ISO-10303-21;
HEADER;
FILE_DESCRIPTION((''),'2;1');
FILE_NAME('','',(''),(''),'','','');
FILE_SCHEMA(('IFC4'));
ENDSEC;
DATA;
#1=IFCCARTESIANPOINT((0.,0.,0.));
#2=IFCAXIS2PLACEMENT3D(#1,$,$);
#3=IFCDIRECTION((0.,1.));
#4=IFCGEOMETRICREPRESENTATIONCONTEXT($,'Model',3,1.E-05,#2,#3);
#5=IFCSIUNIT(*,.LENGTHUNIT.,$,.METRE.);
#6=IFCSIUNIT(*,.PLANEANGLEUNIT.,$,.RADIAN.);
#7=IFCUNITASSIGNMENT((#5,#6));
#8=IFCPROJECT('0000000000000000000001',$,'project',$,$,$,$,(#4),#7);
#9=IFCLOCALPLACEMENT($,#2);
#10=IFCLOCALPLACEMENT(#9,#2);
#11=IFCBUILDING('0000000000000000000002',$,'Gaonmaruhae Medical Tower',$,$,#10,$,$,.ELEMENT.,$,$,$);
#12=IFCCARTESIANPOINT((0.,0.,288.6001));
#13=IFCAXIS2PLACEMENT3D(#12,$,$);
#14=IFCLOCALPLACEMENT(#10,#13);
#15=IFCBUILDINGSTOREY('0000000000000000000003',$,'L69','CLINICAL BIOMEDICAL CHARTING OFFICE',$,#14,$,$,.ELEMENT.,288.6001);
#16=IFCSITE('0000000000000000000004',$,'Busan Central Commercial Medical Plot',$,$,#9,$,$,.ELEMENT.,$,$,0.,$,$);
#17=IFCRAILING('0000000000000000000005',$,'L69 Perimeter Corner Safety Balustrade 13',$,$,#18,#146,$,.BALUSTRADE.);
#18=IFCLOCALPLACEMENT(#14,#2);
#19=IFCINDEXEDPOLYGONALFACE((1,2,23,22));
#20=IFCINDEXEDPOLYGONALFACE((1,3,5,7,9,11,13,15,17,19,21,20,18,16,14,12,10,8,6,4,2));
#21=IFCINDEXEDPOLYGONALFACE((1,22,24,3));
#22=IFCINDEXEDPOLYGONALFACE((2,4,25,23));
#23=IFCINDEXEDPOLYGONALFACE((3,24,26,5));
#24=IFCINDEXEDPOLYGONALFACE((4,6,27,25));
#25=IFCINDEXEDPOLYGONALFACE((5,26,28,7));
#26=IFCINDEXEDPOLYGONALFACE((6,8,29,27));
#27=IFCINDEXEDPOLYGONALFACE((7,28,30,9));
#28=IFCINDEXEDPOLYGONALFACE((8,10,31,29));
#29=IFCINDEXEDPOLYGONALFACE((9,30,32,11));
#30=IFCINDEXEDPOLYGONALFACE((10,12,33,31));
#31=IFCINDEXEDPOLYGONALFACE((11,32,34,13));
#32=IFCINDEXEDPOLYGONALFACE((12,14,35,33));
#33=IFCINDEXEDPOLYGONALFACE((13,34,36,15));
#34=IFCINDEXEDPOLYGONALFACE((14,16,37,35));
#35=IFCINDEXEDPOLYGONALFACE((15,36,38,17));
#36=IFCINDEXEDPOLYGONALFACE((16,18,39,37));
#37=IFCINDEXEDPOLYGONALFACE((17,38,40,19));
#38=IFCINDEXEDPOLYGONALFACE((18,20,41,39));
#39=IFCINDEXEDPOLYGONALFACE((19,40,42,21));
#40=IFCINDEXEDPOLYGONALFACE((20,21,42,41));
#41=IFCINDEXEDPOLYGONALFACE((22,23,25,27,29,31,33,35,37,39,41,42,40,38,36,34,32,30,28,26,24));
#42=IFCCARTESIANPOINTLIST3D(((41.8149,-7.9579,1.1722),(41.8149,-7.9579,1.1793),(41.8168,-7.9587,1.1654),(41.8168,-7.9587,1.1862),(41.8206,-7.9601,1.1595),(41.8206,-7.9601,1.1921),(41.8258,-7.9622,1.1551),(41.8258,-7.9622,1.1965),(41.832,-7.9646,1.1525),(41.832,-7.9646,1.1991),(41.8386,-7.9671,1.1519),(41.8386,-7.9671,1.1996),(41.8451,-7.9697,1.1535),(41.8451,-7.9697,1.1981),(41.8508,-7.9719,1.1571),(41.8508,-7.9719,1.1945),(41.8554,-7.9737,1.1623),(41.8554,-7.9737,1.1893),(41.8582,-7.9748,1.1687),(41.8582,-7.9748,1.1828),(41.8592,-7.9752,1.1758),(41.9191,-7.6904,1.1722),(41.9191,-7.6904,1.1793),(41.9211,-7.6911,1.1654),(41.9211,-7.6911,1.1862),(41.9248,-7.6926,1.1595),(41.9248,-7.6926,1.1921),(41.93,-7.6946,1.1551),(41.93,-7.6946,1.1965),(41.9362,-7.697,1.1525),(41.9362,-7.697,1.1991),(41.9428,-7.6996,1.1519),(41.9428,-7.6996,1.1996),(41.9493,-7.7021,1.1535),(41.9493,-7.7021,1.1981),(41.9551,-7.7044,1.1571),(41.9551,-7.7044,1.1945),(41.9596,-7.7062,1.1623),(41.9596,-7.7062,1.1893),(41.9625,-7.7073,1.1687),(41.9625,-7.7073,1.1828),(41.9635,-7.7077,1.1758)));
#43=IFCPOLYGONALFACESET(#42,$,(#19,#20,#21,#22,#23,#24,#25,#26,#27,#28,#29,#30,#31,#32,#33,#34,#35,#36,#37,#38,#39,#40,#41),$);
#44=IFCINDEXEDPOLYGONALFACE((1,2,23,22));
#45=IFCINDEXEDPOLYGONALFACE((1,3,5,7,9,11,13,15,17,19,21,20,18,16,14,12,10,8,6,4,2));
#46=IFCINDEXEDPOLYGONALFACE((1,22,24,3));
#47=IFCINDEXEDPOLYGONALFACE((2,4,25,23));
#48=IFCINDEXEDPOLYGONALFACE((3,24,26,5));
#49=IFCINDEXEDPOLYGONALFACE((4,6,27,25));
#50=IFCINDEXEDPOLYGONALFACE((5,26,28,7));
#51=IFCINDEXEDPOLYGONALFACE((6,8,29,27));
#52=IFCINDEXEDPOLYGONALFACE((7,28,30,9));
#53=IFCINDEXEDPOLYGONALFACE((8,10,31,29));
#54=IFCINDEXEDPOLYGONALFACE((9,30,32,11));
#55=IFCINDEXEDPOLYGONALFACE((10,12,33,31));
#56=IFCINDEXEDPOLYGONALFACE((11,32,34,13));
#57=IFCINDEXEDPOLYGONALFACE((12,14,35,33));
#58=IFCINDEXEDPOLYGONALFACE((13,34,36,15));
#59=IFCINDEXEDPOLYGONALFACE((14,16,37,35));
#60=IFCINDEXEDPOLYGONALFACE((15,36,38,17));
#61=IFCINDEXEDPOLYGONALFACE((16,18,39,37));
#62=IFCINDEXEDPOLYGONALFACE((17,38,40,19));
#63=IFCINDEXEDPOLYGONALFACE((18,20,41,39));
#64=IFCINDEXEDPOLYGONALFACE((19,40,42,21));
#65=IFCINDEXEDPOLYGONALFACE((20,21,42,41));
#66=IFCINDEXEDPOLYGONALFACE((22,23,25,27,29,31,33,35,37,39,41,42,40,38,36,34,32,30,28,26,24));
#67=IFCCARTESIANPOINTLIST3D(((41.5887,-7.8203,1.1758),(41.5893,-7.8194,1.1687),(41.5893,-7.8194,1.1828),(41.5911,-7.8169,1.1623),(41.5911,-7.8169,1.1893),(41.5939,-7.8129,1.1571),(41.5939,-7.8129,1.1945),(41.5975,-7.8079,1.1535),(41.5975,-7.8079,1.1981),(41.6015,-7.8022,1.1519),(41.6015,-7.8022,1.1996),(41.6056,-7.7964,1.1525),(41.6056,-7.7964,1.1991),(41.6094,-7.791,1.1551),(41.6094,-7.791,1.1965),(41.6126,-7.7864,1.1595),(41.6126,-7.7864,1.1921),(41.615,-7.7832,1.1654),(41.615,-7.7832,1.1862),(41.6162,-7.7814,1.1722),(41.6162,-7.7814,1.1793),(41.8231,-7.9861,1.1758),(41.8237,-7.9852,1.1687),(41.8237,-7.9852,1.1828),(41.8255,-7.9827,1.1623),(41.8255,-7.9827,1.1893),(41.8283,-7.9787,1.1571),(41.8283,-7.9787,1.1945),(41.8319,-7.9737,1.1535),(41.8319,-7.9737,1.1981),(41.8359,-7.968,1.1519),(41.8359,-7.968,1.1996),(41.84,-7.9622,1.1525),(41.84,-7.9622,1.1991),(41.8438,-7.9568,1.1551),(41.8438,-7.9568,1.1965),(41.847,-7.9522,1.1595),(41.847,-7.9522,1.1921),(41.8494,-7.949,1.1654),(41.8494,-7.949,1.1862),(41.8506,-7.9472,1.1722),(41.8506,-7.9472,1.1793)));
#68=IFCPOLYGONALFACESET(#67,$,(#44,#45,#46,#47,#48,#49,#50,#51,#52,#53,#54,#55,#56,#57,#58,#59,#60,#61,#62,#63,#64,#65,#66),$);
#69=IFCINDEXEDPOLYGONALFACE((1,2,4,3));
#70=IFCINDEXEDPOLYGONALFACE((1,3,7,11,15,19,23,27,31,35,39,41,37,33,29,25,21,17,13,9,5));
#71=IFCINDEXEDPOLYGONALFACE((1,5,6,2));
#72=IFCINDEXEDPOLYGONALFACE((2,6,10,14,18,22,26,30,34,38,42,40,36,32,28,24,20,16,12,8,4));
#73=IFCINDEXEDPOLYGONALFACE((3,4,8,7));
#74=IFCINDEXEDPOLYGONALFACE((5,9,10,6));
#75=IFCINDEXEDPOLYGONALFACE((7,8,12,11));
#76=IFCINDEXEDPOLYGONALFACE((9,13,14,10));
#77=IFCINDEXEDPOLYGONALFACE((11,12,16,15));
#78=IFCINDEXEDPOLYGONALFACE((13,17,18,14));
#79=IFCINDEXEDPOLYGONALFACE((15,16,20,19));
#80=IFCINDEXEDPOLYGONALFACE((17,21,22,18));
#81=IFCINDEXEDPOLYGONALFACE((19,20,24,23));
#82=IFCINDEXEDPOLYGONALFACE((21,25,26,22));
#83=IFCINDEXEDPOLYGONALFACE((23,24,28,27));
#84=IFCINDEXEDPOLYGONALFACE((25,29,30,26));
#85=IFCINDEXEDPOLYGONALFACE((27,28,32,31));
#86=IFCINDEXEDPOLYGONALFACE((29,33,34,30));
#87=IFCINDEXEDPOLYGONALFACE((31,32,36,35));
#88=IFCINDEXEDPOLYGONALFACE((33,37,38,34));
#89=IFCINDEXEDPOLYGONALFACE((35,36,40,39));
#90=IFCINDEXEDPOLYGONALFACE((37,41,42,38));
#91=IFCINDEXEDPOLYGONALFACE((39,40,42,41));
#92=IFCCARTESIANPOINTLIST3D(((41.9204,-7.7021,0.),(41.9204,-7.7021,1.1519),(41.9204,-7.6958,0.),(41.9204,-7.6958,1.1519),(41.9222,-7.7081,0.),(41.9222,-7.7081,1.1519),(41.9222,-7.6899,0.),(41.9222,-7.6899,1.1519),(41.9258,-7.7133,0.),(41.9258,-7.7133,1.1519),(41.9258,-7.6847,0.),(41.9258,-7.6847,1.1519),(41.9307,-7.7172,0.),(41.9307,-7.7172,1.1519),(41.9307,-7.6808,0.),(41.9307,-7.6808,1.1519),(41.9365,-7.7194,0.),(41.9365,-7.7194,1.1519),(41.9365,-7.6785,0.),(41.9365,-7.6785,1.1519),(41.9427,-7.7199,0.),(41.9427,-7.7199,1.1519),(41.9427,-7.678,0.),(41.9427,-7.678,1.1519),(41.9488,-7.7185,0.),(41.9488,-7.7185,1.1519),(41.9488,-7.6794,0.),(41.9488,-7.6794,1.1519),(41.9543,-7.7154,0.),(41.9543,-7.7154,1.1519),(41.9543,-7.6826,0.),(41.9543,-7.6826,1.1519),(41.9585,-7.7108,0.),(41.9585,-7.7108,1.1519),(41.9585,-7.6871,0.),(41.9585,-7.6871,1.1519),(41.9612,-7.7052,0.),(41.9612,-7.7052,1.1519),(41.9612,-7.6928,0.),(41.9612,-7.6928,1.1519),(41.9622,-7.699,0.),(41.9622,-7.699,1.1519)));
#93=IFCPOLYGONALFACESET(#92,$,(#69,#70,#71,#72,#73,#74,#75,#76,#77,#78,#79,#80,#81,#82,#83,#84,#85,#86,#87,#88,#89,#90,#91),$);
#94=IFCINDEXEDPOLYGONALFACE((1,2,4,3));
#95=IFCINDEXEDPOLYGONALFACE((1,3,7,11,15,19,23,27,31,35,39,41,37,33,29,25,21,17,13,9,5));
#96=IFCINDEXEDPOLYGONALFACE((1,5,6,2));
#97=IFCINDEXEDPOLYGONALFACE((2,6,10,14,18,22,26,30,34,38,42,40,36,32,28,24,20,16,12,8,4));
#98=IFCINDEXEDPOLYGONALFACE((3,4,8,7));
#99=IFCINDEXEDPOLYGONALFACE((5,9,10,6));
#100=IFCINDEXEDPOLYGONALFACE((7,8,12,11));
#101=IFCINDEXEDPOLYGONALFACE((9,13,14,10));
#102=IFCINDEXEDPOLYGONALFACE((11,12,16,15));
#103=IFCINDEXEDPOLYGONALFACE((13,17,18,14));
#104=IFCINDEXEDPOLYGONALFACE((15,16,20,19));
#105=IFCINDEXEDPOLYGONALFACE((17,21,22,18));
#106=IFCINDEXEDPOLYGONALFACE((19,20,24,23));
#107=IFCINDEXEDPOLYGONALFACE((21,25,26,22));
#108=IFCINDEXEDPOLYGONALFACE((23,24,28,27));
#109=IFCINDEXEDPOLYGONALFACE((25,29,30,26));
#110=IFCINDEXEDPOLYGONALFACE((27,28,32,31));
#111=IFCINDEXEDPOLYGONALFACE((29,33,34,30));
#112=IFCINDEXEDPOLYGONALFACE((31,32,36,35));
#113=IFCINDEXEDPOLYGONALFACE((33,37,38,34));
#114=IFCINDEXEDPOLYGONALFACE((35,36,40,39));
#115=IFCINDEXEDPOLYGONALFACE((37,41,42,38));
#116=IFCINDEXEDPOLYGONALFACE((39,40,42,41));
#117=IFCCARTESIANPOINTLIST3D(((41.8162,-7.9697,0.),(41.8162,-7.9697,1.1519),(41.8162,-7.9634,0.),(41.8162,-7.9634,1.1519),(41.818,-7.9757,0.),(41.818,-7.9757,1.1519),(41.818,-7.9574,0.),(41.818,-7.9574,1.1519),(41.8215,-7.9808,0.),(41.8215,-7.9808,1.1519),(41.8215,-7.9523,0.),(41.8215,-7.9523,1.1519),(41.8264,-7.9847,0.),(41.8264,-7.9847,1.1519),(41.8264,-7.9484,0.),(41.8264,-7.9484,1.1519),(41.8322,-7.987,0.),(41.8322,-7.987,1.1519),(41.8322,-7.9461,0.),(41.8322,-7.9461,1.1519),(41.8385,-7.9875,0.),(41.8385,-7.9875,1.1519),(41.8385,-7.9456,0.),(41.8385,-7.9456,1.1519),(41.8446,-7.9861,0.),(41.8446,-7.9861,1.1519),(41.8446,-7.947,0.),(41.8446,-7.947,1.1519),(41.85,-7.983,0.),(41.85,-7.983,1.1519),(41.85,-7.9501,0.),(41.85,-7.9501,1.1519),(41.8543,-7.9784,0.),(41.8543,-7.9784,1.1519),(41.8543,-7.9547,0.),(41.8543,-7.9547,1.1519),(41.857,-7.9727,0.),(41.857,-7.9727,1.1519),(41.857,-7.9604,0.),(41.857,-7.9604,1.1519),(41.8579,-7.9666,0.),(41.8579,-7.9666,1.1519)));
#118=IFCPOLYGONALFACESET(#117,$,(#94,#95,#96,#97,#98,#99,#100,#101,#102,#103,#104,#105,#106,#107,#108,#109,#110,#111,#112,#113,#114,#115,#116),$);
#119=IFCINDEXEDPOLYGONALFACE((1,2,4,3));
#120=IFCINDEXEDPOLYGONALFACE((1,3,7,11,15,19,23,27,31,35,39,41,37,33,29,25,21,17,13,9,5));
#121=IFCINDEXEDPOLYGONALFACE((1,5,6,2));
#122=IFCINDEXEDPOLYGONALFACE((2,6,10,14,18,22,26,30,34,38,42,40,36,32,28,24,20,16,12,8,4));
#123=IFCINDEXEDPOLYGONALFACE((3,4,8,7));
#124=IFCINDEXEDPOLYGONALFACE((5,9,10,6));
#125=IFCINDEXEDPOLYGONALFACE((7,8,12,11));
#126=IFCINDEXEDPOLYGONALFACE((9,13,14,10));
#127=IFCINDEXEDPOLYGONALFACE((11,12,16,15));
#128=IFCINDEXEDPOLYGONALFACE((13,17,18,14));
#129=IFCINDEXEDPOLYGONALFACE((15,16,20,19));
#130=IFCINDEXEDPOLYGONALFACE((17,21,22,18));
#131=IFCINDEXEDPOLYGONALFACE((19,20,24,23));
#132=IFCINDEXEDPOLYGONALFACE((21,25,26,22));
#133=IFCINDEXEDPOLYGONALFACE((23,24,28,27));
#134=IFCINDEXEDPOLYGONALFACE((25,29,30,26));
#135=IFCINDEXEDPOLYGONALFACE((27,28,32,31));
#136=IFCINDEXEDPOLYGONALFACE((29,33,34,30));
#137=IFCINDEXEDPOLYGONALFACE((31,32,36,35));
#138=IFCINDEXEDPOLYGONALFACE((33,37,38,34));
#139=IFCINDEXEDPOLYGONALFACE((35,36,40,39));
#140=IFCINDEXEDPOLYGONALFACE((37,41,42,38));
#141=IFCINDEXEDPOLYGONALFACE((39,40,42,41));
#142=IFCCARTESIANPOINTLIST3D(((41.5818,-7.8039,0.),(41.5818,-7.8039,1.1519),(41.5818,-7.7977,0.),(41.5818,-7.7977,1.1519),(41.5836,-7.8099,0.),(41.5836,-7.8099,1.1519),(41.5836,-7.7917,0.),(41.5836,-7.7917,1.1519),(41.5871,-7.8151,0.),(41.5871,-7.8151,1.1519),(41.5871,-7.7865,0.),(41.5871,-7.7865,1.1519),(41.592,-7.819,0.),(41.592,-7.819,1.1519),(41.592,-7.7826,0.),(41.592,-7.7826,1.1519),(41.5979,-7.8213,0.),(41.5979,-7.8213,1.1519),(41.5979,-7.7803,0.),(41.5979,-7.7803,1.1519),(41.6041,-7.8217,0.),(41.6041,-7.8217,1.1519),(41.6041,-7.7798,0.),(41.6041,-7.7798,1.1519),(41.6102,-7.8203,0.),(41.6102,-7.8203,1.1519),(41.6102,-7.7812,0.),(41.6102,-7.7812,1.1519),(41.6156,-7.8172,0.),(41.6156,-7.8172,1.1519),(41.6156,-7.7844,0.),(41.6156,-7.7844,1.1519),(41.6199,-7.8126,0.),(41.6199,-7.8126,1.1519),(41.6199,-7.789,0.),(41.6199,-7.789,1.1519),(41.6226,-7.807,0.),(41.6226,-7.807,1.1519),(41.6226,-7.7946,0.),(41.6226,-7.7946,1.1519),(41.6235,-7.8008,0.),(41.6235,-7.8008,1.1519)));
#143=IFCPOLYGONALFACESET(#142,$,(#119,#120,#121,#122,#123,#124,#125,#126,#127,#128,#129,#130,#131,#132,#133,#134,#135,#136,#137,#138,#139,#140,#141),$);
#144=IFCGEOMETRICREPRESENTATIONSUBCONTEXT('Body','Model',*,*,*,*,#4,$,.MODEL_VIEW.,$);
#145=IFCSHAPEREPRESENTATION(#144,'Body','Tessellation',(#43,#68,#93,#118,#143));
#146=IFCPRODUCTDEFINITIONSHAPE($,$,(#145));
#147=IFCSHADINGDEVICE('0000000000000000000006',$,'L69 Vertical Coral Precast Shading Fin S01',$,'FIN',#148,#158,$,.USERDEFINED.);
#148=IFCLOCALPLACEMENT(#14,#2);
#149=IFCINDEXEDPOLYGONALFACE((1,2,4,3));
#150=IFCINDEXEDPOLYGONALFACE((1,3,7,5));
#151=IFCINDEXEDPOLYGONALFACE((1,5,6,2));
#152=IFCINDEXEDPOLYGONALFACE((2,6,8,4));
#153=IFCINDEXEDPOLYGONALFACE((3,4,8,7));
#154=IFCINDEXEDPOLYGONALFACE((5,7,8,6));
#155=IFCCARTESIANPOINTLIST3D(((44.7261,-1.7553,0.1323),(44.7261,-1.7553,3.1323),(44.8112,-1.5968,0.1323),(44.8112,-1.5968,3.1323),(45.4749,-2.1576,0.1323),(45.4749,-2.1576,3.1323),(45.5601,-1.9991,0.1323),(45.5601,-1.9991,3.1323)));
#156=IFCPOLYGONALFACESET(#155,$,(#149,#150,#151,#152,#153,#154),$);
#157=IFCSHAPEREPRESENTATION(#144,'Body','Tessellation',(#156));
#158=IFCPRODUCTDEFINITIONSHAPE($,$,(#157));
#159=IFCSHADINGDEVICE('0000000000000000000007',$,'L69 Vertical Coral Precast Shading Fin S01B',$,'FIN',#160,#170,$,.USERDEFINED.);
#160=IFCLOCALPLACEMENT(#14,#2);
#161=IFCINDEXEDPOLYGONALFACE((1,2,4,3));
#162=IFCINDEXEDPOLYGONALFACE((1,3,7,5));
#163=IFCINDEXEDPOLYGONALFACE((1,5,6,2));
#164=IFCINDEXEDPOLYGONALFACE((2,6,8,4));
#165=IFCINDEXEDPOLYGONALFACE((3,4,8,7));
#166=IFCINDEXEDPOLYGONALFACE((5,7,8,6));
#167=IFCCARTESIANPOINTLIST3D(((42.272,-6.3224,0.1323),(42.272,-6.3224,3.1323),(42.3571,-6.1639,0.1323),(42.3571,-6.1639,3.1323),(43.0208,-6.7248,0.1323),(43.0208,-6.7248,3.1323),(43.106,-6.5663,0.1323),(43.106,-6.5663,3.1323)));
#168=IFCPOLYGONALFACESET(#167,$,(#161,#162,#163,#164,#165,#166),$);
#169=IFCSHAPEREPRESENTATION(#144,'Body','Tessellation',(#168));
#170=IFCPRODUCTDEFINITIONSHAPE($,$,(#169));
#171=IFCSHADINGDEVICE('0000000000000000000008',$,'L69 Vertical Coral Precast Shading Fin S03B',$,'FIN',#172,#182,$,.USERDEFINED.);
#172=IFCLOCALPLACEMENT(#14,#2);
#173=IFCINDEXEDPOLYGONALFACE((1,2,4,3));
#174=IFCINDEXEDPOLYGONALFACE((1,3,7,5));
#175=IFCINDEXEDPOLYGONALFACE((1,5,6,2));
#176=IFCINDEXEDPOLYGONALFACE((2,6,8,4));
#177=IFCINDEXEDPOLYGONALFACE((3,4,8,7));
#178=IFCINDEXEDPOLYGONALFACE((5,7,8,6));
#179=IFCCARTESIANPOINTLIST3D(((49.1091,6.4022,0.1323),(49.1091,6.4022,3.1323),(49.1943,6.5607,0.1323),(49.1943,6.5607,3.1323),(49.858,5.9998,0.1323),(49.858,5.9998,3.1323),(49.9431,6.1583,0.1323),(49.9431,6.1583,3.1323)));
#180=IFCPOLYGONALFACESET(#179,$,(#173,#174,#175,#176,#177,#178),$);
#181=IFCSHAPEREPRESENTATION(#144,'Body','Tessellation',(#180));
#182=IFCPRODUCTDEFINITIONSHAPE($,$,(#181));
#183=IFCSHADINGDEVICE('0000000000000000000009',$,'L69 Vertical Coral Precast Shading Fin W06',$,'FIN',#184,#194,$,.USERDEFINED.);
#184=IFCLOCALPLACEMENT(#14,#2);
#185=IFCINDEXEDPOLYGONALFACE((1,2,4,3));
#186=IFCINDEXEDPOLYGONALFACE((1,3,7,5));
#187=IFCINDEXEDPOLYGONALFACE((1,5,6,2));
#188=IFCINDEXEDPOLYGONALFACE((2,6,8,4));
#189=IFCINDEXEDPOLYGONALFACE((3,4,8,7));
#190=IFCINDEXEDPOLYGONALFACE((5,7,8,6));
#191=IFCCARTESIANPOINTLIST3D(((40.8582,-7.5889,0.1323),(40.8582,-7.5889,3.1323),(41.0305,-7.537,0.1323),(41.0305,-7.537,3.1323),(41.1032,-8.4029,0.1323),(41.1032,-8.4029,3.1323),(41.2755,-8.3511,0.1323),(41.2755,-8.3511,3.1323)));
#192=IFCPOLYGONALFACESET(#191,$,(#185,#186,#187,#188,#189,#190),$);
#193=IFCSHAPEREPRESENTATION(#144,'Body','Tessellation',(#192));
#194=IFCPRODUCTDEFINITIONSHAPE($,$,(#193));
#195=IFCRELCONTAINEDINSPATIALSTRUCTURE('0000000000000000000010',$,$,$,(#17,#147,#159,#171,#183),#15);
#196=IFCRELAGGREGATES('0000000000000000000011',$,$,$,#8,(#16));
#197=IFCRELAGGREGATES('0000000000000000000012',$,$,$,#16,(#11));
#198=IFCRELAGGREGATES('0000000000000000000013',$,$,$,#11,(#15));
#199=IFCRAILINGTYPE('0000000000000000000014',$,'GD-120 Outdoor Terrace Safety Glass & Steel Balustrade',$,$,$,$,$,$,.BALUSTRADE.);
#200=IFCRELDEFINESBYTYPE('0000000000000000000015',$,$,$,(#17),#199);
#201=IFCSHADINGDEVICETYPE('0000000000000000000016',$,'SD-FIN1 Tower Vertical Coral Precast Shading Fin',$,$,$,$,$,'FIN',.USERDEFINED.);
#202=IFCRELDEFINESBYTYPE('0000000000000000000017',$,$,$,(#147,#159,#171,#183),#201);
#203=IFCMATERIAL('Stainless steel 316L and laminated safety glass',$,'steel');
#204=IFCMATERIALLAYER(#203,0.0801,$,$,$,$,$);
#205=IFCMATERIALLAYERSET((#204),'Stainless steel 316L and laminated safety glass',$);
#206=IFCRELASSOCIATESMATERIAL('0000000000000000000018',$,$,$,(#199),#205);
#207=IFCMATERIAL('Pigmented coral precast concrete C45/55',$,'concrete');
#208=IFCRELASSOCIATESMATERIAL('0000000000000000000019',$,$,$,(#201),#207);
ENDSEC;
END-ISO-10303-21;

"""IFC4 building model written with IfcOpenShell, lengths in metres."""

from ifc_helpers import new_model, si_unit, direction, frame, origin, origin_2d, place, context, subcontext, project, spatial, rectangle, circle, extrude, material, layer, layer_set, type_object, element, save


model = new_model("IFC4")

# Units and contexts
model_context = context("Model", 3, precision=1e-05, world=origin(), true_north=direction((0.0, 1.0)))
body_context = subcontext(model_context, "Body", "Model", "MODEL_VIEW")
ifc_project = project(units=[si_unit("LENGTHUNIT", "METRE"), si_unit("PLANEANGLEUNIT", "RADIAN")], contexts=[model_context])

# Site, building, storey
site_placement = place(None, origin())
site = spatial("IfcSite", under=ifc_project, at=site_placement, Name="Busan Central Commercial Medical Plot", CompositionType="ELEMENT", RefElevation=0.0)
building_placement = place(site_placement, origin())
building = spatial("IfcBuilding", under=site, at=building_placement, Name="Gaonmaruhae Medical Tower", CompositionType="ELEMENT")
storey_placement = place(building_placement, frame((0.0, 0.0, 288.6001)))
storey = spatial("IfcBuildingStorey", under=building, at=storey_placement, Name="L69", Description="CLINICAL BIOMEDICAL CHARTING OFFICE", CompositionType="ELEMENT", Elevation=288.6001)

# Railing
ifc_material_1 = material(Name="Stainless steel 316L and laminated safety glass", Category="steel")
ifc_layer_1 = layer(ifc_material_1, 0.0801)
ifc_layer_set_1 = layer_set([ifc_layer_1], Name="Stainless steel 316L and laminated safety glass")
railing_type = type_object("IfcRailingType", Name="GD-120 Outdoor Terrace Safety Glass & Steel Balustrade", PredefinedType="BALUSTRADE", material=ifc_layer_set_1)
railing_1_placement = place(storey_placement, frame((41.9412, -7.699, 0.0)))
element("IfcRailing", 1, at=railing_1_placement, inside=storey, type_object=railing_type, Name="L69 Perimeter Corner Safety Balustrade 13", PredefinedType="BALUSTRADE", context=body_context, shape_type="SweptSolid", body=[
    extrude(circle(Radius=0.0239, at=origin_2d()), frame((0.0, 0.0, 1.1758), z_axis=(-0.363021, -0.931781, 0.0), x_axis=(0.931781, -0.363021, 0.0)), (0.0, 0.0, 1.0), 0.2871),
    extrude(circle(Radius=0.0239, at=origin_2d()), frame((-0.1042, -0.2676, 1.1758), z_axis=(-0.816425, 0.577451, 0.0), x_axis=(-0.577451, -0.816425, 0.0)), (0.0, 0.0, 1.0), 0.2871),
    extrude(circle(Radius=0.021, at=origin_2d()), origin(), (0.0, 0.0, 1.0), 1.1519),
    extrude(circle(Radius=0.021, at=origin_2d()), frame((-0.1042, -0.2676, 0.0)), (0.0, 0.0, 1.0), 1.1519),
    extrude(circle(Radius=0.021, at=origin_2d()), frame((-0.3386, -0.1018, 0.0)), (0.0, 0.0, 1.0), 1.1519),
])

# Shading devices
ifc_material_2 = material(Name="Pigmented coral precast concrete C45/55", Category="concrete")
shading_device_type = type_object("IfcShadingDeviceType", Name="SD-FIN1 Tower Vertical Coral Precast Shading Fin", ElementType="FIN", PredefinedType="USERDEFINED", material=ifc_material_2)
for number, where, z_axis, x_axis, name in (
    (2, (45.1431, -1.8772, 0.1323), (0.0, 0.0, 1.0), (-0.473335, -0.880882, 0.0), "L69 Vertical Coral Precast Shading Fin S01"),
    (3, (42.689, -6.4443, 0.1323), (0.0, 0.0, 1.0), (-0.473335, -0.880882, 0.0), "L69 Vertical Coral Precast Shading Fin S01B"),
    (4, (49.5261, 6.2803, 0.1323), (0.0, 0.0, 1.0), (-0.47332, -0.880891, 0.0), "L69 Vertical Coral Precast Shading Fin S03B"),
    (5, (41.0669, -7.97, 0.1323), (0.0, 0.0, 1.0), (-0.957571, -0.288196, 0.0), "L69 Vertical Coral Precast Shading Fin W06"),
):
    element("IfcShadingDevice", number, at=place(storey_placement, frame(where, z_axis=z_axis, x_axis=x_axis)), inside=storey, type_object=shading_device_type, Name=name, ObjectType="FIN", PredefinedType="USERDEFINED", context=body_context, shape_type="SweptSolid", body=[
        extrude(rectangle(XDim=0.1799, YDim=0.8501, at=origin_2d()), origin(), (0.0, 0.0, 1.0), 3.0),
    ])

save(model, "model.ifc")
